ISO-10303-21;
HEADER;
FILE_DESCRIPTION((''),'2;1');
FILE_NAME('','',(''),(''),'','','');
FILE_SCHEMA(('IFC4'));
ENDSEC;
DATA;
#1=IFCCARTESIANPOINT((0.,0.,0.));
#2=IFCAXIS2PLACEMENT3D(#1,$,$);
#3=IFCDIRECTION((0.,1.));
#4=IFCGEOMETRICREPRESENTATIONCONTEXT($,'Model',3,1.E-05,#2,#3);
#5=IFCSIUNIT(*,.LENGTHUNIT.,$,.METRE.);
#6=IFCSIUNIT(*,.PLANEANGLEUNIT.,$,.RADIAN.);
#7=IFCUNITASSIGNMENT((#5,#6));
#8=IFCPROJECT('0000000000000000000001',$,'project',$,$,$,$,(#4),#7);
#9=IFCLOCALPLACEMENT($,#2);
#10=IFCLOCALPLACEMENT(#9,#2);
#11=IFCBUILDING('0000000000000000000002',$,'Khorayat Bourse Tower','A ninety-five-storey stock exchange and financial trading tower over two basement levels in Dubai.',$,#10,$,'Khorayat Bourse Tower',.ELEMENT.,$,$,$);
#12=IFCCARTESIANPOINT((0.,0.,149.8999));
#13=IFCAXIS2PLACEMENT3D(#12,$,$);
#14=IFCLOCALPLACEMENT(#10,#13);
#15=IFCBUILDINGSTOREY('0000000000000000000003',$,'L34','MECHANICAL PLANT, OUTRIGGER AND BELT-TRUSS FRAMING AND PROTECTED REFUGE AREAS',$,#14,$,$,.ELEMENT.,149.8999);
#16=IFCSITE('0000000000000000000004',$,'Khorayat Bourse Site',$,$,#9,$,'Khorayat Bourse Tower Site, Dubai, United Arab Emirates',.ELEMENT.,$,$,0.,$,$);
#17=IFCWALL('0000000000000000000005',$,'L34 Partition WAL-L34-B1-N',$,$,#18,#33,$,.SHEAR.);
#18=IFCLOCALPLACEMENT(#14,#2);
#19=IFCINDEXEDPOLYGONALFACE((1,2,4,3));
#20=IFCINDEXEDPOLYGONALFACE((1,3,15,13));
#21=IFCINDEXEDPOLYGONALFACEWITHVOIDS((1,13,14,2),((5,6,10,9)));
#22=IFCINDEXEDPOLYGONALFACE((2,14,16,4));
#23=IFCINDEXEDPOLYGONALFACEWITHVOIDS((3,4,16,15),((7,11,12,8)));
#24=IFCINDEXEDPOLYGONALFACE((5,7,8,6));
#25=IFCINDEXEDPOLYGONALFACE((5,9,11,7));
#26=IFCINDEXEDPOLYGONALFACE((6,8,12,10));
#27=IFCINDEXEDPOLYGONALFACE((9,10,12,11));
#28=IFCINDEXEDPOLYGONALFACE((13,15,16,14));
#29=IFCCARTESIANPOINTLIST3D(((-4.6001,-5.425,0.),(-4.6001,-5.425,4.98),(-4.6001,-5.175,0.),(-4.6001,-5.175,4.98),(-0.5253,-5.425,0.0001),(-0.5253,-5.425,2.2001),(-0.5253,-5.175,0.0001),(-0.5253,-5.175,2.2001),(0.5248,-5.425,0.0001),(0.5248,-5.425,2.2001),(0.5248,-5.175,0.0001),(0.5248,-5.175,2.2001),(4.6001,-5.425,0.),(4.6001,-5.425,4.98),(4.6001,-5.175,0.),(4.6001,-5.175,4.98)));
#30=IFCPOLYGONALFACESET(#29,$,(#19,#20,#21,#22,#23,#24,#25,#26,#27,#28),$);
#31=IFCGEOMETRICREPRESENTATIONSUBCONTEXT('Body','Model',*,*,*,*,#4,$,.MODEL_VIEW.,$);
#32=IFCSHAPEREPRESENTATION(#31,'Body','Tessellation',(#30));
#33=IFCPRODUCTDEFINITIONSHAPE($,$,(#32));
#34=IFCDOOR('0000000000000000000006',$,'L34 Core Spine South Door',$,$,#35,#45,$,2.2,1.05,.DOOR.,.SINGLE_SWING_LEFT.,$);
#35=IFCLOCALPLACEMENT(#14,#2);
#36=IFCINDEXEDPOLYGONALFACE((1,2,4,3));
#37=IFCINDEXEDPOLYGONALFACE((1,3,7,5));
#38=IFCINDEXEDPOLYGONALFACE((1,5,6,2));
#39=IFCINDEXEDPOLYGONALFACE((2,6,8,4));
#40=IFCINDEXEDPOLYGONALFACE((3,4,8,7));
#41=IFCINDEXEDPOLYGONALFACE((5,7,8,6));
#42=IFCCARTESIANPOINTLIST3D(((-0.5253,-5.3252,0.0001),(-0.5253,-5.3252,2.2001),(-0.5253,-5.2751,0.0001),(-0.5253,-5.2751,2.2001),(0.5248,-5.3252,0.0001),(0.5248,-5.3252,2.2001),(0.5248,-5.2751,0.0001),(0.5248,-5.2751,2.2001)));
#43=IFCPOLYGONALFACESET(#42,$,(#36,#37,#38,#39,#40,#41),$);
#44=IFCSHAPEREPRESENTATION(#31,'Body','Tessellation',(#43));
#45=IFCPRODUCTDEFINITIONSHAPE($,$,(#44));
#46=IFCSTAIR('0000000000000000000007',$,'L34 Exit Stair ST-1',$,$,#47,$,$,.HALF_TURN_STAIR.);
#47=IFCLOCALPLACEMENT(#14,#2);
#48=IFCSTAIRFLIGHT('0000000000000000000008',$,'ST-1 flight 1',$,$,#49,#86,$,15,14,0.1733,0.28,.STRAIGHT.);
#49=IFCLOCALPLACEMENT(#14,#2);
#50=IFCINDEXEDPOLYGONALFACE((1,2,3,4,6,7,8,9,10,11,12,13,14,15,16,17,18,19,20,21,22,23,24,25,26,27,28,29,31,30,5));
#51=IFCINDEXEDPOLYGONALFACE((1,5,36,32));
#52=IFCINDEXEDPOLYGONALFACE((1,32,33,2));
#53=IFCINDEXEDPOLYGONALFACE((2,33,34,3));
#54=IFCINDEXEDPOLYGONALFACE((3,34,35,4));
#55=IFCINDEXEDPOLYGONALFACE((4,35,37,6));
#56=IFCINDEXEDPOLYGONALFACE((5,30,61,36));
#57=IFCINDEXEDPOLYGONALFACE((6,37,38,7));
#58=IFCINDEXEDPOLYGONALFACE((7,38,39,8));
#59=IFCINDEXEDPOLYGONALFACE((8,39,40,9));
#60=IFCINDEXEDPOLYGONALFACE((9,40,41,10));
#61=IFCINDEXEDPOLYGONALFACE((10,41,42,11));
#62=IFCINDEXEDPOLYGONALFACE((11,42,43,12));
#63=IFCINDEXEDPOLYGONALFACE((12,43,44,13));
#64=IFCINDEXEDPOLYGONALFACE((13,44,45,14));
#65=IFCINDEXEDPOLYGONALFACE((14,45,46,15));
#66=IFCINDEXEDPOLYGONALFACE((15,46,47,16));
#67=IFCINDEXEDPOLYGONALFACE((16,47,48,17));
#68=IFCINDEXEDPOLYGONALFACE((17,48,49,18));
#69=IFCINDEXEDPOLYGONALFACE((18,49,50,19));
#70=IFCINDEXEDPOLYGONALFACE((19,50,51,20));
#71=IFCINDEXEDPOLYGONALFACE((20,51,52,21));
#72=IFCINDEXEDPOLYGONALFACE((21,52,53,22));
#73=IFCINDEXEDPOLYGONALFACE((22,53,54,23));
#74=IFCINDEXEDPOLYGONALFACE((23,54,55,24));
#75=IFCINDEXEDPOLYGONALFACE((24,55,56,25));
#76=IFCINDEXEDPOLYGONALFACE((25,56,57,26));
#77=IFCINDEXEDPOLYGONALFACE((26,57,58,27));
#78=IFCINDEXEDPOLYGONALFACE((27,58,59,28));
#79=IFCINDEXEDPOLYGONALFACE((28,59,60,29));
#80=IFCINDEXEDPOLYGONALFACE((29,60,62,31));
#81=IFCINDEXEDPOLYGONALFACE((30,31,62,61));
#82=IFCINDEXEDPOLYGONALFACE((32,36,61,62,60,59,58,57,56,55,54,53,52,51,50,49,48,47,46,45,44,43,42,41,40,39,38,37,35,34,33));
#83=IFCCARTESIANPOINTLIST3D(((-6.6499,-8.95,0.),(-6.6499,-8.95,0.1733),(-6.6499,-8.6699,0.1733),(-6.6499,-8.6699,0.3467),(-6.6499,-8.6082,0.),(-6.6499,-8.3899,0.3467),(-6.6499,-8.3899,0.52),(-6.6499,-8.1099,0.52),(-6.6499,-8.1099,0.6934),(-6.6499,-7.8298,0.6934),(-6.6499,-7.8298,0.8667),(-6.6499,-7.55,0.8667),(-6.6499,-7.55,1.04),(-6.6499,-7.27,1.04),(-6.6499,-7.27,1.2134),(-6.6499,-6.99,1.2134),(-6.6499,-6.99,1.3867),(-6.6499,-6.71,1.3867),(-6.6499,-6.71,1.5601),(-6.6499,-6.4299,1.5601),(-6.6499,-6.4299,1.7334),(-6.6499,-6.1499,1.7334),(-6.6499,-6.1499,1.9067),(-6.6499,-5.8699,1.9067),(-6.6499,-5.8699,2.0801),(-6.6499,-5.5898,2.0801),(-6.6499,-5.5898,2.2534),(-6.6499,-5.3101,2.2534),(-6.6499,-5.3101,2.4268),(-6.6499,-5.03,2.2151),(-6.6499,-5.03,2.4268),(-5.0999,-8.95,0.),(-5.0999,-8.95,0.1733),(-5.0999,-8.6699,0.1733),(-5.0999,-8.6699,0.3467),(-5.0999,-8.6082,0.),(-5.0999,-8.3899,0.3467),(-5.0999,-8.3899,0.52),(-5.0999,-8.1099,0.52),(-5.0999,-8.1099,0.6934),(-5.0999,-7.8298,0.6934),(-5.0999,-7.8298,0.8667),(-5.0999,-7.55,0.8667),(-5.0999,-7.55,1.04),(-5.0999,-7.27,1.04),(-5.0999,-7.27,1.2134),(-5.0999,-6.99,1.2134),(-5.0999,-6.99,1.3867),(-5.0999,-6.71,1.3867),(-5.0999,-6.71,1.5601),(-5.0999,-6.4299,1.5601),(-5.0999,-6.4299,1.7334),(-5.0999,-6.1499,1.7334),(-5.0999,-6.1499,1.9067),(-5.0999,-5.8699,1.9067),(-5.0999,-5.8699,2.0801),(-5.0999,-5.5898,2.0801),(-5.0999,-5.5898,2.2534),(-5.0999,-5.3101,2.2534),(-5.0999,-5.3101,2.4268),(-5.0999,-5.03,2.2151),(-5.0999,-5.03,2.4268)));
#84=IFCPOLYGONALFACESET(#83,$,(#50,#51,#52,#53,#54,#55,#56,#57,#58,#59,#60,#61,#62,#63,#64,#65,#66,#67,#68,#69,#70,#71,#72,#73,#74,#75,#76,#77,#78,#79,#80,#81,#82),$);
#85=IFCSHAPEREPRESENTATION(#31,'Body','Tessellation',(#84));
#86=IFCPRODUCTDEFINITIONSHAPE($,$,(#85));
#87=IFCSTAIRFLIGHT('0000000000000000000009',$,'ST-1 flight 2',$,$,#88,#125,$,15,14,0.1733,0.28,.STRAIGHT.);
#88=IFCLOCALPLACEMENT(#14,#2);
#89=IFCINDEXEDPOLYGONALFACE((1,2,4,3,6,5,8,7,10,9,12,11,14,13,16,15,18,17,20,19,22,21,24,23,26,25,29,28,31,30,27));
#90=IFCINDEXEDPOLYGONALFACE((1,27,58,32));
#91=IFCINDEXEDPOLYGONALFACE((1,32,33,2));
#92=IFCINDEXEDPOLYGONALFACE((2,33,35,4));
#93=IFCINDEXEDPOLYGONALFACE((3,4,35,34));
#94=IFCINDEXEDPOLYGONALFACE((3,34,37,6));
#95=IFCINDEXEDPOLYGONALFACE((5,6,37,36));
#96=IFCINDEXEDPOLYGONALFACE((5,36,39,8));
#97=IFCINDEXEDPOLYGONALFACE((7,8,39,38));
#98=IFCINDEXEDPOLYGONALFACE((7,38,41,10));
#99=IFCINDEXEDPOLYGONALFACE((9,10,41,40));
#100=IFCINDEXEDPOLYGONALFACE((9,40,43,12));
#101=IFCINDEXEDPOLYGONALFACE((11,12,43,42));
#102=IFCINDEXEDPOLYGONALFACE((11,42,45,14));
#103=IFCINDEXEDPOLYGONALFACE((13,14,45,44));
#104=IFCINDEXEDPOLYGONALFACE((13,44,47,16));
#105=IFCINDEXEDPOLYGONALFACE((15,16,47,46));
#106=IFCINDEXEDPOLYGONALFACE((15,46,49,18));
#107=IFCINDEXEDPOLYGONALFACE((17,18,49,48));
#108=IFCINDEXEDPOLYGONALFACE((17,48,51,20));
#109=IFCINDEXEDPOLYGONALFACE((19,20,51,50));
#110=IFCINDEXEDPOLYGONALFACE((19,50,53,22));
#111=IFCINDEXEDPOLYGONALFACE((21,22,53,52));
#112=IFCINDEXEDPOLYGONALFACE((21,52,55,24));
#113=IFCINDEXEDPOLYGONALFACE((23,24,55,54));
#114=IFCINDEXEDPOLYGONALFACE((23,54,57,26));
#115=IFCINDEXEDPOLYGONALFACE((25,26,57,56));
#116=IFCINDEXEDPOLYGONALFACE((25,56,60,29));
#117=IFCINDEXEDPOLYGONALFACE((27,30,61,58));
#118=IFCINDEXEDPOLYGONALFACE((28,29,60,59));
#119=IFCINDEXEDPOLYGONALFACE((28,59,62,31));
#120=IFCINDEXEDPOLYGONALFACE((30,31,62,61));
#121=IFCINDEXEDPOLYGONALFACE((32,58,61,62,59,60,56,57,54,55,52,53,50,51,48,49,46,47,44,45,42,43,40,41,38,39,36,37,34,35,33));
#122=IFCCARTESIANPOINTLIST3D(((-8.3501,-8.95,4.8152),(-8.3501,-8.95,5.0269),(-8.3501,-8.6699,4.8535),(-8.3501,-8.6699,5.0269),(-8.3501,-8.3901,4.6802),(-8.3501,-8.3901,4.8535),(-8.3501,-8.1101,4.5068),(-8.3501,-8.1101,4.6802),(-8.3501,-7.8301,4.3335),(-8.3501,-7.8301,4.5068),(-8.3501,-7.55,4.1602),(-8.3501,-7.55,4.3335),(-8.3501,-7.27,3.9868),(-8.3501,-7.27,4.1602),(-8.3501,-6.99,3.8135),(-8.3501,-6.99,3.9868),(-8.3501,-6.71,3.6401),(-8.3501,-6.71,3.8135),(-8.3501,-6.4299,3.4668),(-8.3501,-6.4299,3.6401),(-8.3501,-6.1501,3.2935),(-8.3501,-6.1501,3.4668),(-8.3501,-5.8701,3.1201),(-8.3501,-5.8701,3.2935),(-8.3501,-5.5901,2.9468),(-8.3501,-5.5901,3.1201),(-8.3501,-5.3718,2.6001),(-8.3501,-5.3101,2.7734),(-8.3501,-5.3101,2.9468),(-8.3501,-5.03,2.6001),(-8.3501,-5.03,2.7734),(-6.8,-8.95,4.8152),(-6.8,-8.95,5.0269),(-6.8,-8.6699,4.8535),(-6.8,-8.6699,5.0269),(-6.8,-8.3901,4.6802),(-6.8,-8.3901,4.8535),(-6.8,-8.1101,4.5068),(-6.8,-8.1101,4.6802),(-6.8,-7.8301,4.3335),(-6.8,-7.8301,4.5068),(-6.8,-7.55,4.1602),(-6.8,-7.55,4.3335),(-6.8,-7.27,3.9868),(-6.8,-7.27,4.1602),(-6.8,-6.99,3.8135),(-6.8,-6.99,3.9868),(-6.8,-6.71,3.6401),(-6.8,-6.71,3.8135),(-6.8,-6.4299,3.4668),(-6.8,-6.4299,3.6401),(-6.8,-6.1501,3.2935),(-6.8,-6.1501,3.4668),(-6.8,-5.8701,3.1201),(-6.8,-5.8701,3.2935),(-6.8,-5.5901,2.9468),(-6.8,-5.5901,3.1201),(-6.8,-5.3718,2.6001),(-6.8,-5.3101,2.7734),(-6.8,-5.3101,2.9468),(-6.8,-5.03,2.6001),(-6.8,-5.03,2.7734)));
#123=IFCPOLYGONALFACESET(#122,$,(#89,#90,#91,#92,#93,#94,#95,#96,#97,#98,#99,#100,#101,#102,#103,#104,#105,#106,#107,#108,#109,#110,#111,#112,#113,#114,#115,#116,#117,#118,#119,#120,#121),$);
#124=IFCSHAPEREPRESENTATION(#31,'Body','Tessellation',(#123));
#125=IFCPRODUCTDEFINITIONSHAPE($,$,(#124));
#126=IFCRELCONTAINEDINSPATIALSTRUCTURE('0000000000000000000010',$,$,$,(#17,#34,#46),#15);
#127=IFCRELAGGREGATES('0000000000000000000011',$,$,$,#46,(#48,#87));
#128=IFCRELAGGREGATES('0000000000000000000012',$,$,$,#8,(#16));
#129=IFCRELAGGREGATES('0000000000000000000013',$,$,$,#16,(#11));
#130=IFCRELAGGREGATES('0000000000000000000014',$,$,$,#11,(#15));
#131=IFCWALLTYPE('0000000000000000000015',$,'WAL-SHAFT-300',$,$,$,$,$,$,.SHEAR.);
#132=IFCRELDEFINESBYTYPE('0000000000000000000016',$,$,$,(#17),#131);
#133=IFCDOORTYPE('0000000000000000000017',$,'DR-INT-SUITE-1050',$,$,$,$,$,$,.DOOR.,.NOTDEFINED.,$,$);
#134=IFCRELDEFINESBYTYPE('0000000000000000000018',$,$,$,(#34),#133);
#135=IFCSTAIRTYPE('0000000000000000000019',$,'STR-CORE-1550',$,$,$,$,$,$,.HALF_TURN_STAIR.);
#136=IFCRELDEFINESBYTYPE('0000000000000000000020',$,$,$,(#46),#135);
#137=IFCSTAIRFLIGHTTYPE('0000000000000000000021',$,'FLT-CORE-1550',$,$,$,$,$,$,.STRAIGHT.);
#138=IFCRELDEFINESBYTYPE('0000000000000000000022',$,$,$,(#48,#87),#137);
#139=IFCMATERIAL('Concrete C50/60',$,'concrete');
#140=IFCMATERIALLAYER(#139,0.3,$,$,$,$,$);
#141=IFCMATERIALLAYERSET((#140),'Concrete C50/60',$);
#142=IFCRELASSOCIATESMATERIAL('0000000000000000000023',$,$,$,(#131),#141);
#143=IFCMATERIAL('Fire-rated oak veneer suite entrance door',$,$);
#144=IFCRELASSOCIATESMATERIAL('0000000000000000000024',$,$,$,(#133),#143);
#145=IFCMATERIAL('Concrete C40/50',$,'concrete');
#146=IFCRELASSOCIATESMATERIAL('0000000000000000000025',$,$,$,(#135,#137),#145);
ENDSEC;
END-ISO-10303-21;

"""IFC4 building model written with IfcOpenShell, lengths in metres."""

from ifc_helpers import new_model, si_unit, direction, frame, frame_2d, origin, place, context, subcontext, project, spatial, polyline, rectangle, outline, extrude, source, transform, mapped, material, layer, layer_set, type_object, element, fill, aggregate, save


model = new_model("IFC4")

# Units and contexts
model_context = context("Model", 3, precision=1e-05, world=origin(), true_north=direction((0.0, 1.0)))
body_context = subcontext(model_context, "Body", "Model", "MODEL_VIEW")
ifc_project = project(units=[si_unit("LENGTHUNIT", "METRE"), si_unit("PLANEANGLEUNIT", "RADIAN")], contexts=[model_context])

# Site, building, storey
site_placement = place(None, origin())
site = spatial("IfcSite", under=ifc_project, at=site_placement, Name="Khorayat Bourse Site", LongName="Khorayat Bourse Tower Site, Dubai, United Arab Emirates", CompositionType="ELEMENT", RefElevation=0.0)
building_placement = place(site_placement, origin())
building = spatial("IfcBuilding", under=site, at=building_placement, Name="Khorayat Bourse Tower", Description="A ninety-five-storey stock exchange and financial trading tower over two basement levels in Dubai.", LongName="Khorayat Bourse Tower", CompositionType="ELEMENT")
storey_placement = place(building_placement, frame((0.0, 0.0, 149.8999)))
storey = spatial("IfcBuildingStorey", under=building, at=storey_placement, Name="L34", Description="MECHANICAL PLANT, OUTRIGGER AND BELT-TRUSS FRAMING AND PROTECTED REFUGE AREAS", CompositionType="ELEMENT", Elevation=149.8999)

# Shared definitions
ifc_material_1 = material(Name="Concrete C50/60", Category="concrete")
ifc_layer_1 = layer(ifc_material_1, 0.3)
ifc_layer_set_1 = layer_set([ifc_layer_1], Name="Concrete C50/60")
wall_type_1 = type_object("IfcWallType", Name="WAL-SHAFT-300", PredefinedType="SHEAR", material=ifc_layer_set_1)

# Wall, opening, door
shared_shape_1 = source(origin(), body_context, "Body", "SweptSolid", [
    extrude(rectangle(XDim=9.2002, YDim=0.25, at=frame_2d((4.6001, 0.0))), origin(), (0.0, 0.0, 1.0), 4.98),
])
wall_1_placement = place(storey_placement, frame((-4.6001, -5.3, 0.0), z_axis=(0.0, 0.0, 1.0), x_axis=(1.0, 0.0, 0.0)))
wall_1 = element("IfcWall", 1, at=wall_1_placement, inside=storey, type_object=wall_type_1, Name="L34 Partition WAL-L34-B1-N", PredefinedType="SHEAR", context=body_context, shape_type="MappedRepresentation", body=[
    mapped(shared_shape_1, transform((0.0, 0.0, 0.0), scale=1.0)),
])
shared_shape_2 = source(origin(), body_context, "Body", "SweptSolid", [
    extrude(rectangle(XDim=1.05, YDim=2.2, at=frame_2d((0.5249, 1.1001))), frame((0.0, 0.135, 0.0), z_axis=(0.0, -1.0, 0.0), x_axis=(1.0, 0.0, 0.0)), (0.0, 0.0, 1.0), 0.27),
])
opening_1_placement = place(wall_1_placement, frame((4.075, 0.0, 0.0)))
opening_1 = element("IfcOpeningElement", 2, at=opening_1_placement, cuts=wall_1, PredefinedType="OPENING", context=body_context, shape_type="MappedRepresentation", body=[
    mapped(shared_shape_2, transform((0.0, 0.0, 0.0), scale=1.0)),
])
ifc_material_2 = material(Name="Fire-rated oak veneer suite entrance door")
door_type_1 = type_object("IfcDoorType", Name="DR-INT-SUITE-1050", OperationType="NOTDEFINED", PredefinedType="DOOR", material=ifc_material_2)
shared_shape_3 = source(origin(), body_context, "Body", "SweptSolid", [
    extrude(rectangle(XDim=1.05, YDim=2.2, at=frame_2d((0.5249, 1.1001))), frame((0.0, 0.0249, 0.0), z_axis=(0.0, -1.0, 0.0), x_axis=(1.0, 0.0, 0.0)), (0.0, 0.0, 1.0), 0.05),
])
door_1_placement = place(opening_1_placement, origin())
door_1 = element("IfcDoor", 3, at=door_1_placement, inside=storey, type_object=door_type_1, Name="L34 Core Spine South Door", OperationType="SINGLE_SWING_LEFT", OverallHeight=2.2, OverallWidth=1.05, PredefinedType="DOOR", context=body_context, shape_type="MappedRepresentation", body=[
    mapped(shared_shape_3, transform((0.0, 0.0, 0.0), scale=1.0)),
])
fill(opening_1, door_1)

# Stair, stair flights
ifc_material_3 = material(Name="Concrete C40/50", Category="concrete")
stair_type = type_object("IfcStairType", Name="STR-CORE-1550", PredefinedType="HALF_TURN_STAIR", material=ifc_material_3)
stair_placement = place(storey_placement, origin())
stair = element("IfcStair", 4, at=stair_placement, inside=storey, type_object=stair_type, Name="L34 Exit Stair ST-1", PredefinedType="HALF_TURN_STAIR")
stair_flight_type = type_object("IfcStairFlightType", Name="FLT-CORE-1550", PredefinedType="STRAIGHT", material=ifc_material_3)
shared_shape_4 = source(origin(), body_context, "Body", "SweptSolid", [
    extrude(outline(polyline([(0.0, 0.0), (0.0, 0.1733), (0.28, 0.1733), (0.28, 0.3467), (0.5601, 0.3467), (0.5601, 0.52), (0.8401, 0.52), (0.8401, 0.6934), (1.1201, 0.6934), (1.1201, 0.8667), (1.3999, 0.8667), (1.3999, 1.04), (1.6799, 1.04), (1.6799, 1.2134), (1.96, 1.2134), (1.96, 1.3867), (2.24, 1.3867), (2.24, 1.5601), (2.52, 1.5601), (2.52, 1.7334), (2.8, 1.7334), (2.8, 1.9067), (3.0801, 1.9067), (3.0801, 2.0801), (3.3601, 2.0801), (3.3601, 2.2534), (3.6399, 2.2534), (3.6399, 2.4268), (3.9199, 2.4268), (3.9199, 2.6001), (3.9199, 2.2151), (0.3418, 0.0), (0.0, 0.0)])), frame((0.0, 0.7749, 0.0), z_axis=(0.0, -1.0, 0.0), x_axis=(1.0, 0.0, 0.0)), (0.0, 0.0, 1.0), 1.55),
])
stair_flight_1_placement = place(storey_placement, frame((-5.875, -8.95, 0.0), z_axis=(0.0, 0.0, 1.0), x_axis=(0.0, 1.0, 0.0)))
stair_flight_1 = element("IfcStairFlight", 5, at=stair_flight_1_placement, type_object=stair_flight_type, Name="ST-1 flight 1", NumberOfRisers=15, NumberOfTreads=14, PredefinedType="STRAIGHT", RiserHeight=0.1733, TreadLength=0.28, context=body_context, shape_type="MappedRepresentation", body=[
    mapped(shared_shape_4, transform((0.0, 0.0, 0.0), scale=1.0)),
])
stair_flight_2_placement = place(storey_placement, frame((-7.575, -5.03, 2.6001), z_axis=(0.0, 0.0, 1.0), x_axis=(0.0, -1.0, 0.0)))
stair_flight_2 = element("IfcStairFlight", 6, at=stair_flight_2_placement, type_object=stair_flight_type, Name="ST-1 flight 2", NumberOfRisers=15, NumberOfTreads=14, PredefinedType="STRAIGHT", RiserHeight=0.1733, TreadLength=0.28, context=body_context, shape_type="MappedRepresentation", body=[
    mapped(shared_shape_4, transform((0.0, 0.0, 0.0), scale=1.0)),
])
aggregate(stair, [stair_flight_1, stair_flight_2])

save(model, "model.ifc")
